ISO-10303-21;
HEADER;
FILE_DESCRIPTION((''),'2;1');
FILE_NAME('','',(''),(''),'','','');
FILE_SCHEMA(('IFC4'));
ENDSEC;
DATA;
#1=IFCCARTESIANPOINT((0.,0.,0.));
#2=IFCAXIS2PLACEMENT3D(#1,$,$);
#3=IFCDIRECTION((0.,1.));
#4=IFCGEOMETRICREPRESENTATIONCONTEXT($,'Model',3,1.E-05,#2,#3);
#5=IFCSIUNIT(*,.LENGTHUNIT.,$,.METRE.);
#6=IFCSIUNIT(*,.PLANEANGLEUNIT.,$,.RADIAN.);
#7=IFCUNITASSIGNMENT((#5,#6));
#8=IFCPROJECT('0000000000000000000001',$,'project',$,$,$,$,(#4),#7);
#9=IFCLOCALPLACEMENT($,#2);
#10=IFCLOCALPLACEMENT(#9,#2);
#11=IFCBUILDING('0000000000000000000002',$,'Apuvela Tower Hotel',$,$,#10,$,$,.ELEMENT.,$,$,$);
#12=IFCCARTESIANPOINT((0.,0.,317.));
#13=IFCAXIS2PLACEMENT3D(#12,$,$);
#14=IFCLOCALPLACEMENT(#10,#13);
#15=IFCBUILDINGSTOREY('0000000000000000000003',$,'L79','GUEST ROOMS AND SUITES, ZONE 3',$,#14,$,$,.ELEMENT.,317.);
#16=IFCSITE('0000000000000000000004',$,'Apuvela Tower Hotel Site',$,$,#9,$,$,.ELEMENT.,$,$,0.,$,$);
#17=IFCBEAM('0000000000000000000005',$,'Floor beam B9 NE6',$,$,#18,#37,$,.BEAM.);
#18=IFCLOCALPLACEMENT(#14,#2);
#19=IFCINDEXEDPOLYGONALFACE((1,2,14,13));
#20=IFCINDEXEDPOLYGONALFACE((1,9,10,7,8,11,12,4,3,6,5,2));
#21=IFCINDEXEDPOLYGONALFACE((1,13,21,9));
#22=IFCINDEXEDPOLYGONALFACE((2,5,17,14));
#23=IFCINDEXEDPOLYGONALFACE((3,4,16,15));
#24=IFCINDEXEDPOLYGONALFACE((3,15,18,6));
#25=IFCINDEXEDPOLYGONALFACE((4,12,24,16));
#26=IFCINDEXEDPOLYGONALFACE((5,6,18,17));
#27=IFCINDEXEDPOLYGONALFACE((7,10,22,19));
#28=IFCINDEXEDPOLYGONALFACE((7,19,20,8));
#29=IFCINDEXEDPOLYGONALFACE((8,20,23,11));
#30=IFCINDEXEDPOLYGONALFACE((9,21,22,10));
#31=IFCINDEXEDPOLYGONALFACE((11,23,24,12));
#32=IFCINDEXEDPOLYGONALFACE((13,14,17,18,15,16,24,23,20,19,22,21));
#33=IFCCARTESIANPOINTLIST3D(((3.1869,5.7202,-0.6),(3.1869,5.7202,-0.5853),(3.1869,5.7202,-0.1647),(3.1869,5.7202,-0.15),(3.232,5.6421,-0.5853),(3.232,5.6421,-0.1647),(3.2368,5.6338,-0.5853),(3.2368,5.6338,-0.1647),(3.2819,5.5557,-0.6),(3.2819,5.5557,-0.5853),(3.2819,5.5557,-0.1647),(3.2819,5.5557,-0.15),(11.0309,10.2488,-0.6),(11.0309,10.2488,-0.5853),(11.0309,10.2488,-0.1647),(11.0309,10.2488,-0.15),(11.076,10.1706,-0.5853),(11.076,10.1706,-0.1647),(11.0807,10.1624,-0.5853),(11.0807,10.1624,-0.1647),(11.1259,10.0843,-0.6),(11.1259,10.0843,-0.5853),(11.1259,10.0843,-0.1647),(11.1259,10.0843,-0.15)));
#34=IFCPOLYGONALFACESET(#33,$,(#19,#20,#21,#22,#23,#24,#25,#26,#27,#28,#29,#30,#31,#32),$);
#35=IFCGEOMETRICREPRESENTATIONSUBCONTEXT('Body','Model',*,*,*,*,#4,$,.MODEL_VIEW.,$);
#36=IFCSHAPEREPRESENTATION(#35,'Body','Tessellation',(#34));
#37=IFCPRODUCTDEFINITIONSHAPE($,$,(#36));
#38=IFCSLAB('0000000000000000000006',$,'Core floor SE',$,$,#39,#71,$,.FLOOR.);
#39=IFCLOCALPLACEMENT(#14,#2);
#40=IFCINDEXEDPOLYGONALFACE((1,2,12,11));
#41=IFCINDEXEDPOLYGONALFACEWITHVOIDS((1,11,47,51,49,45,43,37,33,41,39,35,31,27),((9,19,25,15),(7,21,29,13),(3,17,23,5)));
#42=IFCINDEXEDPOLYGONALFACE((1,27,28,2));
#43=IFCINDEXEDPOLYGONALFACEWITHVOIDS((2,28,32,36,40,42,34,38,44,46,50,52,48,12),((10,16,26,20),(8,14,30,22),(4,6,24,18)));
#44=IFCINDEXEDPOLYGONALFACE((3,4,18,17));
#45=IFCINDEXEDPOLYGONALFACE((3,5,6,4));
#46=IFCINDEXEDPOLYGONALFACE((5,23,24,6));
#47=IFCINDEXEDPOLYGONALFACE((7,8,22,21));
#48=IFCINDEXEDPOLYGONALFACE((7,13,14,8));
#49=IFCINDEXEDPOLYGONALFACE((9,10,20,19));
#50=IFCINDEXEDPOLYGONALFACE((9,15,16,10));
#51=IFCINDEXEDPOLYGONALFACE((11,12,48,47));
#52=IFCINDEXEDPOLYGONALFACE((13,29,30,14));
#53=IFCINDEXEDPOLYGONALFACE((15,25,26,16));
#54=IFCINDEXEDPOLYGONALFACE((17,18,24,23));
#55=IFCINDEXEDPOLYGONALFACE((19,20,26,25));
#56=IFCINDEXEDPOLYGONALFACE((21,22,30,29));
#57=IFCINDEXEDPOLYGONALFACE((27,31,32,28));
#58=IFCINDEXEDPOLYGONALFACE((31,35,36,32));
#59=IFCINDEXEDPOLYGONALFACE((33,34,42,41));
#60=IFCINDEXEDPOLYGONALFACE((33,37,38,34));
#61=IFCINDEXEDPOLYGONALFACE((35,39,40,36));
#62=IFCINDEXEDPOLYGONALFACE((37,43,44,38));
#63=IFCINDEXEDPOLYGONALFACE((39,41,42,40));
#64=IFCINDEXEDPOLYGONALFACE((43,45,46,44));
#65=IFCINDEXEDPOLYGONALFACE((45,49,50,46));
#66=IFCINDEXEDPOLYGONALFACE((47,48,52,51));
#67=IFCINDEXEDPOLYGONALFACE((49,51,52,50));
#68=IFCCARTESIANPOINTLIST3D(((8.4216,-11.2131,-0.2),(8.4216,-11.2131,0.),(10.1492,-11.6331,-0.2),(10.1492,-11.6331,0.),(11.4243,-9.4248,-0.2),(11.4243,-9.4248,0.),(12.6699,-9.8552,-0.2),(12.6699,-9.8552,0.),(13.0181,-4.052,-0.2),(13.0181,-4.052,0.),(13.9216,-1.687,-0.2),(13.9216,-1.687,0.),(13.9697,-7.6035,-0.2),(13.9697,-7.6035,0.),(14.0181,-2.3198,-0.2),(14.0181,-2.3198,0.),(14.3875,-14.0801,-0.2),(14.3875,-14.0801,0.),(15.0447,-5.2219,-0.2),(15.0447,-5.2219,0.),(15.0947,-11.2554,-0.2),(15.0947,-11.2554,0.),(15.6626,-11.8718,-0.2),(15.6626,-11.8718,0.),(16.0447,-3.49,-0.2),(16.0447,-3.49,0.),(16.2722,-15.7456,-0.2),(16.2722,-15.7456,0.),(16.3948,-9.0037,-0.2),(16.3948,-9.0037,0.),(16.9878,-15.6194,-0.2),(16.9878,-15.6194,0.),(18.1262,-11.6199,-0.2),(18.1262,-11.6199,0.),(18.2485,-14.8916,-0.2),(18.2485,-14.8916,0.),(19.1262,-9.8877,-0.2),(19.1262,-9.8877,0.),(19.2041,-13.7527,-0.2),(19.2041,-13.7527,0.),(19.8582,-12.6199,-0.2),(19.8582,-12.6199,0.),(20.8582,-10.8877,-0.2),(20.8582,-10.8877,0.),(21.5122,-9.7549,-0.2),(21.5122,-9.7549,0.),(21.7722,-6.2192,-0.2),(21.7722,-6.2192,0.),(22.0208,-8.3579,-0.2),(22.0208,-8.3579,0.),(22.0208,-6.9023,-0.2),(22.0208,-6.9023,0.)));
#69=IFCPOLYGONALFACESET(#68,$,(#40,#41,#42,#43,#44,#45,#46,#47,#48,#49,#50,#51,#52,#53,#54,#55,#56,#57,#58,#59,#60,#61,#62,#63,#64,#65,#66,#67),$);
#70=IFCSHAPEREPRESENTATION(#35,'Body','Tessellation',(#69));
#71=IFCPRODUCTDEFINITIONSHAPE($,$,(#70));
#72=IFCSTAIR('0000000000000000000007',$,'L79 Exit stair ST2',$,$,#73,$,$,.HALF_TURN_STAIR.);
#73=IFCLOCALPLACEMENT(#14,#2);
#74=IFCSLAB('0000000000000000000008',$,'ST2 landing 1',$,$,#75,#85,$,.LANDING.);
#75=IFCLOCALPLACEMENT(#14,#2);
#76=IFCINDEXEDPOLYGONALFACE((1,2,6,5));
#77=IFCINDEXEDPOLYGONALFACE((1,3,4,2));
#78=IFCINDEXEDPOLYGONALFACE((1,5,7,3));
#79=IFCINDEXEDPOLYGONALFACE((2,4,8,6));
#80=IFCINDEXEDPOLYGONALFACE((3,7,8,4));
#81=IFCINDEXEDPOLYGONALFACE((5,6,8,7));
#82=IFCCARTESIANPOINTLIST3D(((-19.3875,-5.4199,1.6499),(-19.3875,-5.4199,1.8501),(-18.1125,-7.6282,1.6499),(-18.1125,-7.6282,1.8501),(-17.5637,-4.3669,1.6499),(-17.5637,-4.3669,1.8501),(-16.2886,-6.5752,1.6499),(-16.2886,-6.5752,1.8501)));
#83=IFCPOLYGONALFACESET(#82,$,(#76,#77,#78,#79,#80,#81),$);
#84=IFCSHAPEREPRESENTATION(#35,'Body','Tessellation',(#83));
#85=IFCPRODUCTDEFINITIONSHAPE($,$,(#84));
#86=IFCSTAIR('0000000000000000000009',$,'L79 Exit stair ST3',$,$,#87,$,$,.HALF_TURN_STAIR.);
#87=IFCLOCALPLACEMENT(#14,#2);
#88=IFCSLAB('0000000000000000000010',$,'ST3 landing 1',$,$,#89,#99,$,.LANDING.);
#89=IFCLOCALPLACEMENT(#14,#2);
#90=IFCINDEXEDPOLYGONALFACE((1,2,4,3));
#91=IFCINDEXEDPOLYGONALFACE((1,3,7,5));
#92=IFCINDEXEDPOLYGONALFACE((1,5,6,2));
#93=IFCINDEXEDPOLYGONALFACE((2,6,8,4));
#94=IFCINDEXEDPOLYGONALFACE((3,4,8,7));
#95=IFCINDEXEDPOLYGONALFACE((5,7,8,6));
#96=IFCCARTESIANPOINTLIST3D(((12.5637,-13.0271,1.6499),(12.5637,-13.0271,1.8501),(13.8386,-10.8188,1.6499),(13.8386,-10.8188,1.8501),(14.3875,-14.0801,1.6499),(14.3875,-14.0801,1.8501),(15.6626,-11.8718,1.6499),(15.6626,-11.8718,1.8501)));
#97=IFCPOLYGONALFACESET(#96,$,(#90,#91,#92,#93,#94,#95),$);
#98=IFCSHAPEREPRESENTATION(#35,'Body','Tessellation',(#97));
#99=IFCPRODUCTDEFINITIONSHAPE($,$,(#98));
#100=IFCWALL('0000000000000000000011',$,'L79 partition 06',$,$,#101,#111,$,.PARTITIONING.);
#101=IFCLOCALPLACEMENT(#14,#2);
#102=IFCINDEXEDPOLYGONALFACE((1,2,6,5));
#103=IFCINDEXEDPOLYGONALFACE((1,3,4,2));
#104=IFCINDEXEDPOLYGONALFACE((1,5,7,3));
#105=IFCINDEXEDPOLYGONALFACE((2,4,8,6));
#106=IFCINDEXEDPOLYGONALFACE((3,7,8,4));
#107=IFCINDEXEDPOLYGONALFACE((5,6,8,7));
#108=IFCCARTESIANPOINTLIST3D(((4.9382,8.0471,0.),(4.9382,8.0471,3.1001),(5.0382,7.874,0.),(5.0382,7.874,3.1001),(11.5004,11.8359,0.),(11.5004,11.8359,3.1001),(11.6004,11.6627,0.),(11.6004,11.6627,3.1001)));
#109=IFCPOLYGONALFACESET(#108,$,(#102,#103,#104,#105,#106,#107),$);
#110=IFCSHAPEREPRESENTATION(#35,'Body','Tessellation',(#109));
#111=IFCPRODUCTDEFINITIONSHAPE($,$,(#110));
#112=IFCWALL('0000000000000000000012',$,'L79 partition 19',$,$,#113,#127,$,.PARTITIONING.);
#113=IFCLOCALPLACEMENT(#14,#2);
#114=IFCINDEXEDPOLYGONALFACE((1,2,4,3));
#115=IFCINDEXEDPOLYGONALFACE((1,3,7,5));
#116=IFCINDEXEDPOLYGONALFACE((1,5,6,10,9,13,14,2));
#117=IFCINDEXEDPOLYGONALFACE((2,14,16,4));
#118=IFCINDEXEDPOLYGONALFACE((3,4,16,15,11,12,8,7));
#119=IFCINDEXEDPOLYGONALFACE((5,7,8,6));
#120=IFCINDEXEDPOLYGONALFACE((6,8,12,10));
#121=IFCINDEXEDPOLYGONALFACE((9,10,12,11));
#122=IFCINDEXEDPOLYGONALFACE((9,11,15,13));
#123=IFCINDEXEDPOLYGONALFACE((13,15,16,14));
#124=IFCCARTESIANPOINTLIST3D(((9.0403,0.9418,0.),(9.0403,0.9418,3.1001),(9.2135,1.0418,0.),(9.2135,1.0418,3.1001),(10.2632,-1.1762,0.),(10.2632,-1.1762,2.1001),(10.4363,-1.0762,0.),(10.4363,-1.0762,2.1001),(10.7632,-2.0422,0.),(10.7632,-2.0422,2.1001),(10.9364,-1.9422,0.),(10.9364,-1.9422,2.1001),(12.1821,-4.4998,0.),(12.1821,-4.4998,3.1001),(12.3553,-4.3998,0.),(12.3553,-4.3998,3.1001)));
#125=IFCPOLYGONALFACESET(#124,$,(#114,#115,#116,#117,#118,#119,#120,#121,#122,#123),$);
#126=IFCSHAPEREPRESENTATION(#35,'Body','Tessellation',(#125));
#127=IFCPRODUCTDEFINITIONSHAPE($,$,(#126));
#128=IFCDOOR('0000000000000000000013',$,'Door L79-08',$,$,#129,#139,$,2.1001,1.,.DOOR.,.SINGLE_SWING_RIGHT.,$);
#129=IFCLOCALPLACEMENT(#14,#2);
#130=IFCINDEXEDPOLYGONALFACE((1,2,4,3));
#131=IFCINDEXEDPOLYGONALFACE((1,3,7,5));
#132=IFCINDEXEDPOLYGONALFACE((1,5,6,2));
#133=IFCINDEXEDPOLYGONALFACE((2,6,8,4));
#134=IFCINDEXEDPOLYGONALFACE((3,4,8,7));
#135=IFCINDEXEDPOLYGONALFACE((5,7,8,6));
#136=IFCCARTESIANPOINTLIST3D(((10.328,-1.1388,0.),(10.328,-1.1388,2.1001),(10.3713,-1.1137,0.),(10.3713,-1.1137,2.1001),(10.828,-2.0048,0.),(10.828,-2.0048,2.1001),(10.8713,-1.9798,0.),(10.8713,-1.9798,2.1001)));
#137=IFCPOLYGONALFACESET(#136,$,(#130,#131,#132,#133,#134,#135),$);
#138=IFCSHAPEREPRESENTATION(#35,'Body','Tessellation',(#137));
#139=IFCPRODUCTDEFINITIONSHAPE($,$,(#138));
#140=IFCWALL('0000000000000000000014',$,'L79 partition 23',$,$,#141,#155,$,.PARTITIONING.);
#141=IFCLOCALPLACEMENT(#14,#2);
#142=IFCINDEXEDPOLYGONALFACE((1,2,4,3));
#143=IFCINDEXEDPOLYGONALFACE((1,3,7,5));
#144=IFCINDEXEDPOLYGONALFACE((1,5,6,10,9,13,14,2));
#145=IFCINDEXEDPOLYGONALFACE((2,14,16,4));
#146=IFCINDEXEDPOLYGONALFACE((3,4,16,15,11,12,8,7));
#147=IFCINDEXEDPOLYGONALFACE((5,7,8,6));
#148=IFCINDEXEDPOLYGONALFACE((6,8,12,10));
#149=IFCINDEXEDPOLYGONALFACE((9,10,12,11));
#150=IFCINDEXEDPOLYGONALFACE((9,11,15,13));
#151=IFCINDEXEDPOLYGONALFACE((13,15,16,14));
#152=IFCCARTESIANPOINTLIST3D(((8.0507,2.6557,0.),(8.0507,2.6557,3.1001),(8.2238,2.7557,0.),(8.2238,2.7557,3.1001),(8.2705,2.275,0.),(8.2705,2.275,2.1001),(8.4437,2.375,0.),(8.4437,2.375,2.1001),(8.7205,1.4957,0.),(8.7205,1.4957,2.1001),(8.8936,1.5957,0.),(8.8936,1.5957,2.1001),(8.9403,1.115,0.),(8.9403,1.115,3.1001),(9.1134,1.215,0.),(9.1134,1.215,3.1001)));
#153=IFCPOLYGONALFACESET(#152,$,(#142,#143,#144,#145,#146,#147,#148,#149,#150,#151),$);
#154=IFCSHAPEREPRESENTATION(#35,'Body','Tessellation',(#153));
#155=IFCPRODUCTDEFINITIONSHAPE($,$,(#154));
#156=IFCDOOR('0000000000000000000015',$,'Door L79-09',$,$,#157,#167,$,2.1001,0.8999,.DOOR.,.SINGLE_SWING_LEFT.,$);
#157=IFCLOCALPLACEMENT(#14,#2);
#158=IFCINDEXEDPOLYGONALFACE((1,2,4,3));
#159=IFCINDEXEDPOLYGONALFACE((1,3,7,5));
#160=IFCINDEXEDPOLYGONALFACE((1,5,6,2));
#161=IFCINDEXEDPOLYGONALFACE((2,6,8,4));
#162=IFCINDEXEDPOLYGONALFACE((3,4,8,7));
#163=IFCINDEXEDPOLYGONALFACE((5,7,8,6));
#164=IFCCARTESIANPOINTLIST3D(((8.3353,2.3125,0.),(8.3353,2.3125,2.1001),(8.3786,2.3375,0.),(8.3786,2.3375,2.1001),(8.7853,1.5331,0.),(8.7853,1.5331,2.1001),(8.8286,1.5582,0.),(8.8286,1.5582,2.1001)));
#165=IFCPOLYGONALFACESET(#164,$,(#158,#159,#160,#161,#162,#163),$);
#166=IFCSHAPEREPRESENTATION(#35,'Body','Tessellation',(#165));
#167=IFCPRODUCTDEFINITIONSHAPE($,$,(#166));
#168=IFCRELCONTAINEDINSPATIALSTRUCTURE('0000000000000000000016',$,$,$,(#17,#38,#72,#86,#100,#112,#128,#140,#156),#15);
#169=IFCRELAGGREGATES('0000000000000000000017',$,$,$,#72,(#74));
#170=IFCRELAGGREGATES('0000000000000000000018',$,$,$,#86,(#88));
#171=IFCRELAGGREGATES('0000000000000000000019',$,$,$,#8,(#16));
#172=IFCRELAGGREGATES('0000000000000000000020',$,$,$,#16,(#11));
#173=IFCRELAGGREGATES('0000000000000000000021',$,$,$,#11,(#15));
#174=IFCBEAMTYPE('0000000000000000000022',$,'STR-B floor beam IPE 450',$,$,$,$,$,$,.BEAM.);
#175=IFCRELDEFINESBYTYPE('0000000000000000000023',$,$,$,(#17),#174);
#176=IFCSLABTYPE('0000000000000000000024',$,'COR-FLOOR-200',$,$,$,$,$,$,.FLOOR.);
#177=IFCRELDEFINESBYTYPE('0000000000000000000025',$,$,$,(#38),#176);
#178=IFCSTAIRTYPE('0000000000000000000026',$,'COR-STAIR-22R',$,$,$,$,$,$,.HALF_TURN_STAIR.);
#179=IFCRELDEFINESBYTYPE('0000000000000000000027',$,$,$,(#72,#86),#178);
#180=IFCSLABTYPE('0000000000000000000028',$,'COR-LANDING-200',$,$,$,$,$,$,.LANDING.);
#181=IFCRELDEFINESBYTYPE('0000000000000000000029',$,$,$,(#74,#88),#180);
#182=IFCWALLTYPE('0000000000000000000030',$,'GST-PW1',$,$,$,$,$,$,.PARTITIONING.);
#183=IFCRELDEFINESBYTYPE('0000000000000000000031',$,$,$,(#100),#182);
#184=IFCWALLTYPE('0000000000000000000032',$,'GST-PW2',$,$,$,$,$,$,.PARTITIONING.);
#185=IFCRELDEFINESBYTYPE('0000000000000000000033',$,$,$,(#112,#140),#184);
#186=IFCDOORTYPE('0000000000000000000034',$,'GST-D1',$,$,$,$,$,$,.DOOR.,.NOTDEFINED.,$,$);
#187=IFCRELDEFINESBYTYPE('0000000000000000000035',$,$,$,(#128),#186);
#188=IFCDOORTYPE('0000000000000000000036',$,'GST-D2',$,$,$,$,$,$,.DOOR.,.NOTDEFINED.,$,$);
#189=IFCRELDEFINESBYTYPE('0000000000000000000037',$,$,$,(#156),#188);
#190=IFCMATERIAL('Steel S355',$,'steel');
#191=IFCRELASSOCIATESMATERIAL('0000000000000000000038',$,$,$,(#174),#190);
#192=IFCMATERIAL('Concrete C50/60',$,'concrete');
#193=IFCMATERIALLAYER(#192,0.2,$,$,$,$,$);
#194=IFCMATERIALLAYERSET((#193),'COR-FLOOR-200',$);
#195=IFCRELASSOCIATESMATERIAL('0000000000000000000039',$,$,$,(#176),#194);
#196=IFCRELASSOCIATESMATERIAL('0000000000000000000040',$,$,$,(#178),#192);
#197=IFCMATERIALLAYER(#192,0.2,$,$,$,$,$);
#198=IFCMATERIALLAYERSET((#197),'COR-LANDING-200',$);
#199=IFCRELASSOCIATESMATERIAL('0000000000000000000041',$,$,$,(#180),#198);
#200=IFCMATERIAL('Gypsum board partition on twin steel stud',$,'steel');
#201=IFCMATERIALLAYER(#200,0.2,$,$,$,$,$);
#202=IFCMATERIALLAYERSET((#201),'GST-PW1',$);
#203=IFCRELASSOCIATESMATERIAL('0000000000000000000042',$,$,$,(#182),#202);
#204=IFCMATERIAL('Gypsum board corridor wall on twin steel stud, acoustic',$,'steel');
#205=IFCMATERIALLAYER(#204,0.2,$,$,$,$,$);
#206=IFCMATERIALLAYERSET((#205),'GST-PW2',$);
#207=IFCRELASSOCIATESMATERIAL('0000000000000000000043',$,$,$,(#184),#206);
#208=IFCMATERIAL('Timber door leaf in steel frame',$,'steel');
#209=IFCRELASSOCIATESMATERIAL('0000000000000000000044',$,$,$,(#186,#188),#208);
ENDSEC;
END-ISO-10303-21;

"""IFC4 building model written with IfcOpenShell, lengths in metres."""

from ifc_helpers import new_model, si_unit, direction, frame, frame_2d, origin, origin_2d, place, context, subcontext, project, spatial, polyline, rectangle, i_section, outline, extrude, material, layer, layer_set, material_profile, profile_set, type_object, element, fill, aggregate, save


model = new_model("IFC4")

# Units and contexts
model_context = context("Model", 3, precision=1e-05, world=origin(), true_north=direction((0.0, 1.0)))
body_context = subcontext(model_context, "Body", "Model", "MODEL_VIEW")
ifc_project = project(units=[si_unit("LENGTHUNIT", "METRE"), si_unit("PLANEANGLEUNIT", "RADIAN")], contexts=[model_context])

# Site, building, storey
site_placement = place(None, origin())
site = spatial("IfcSite", under=ifc_project, at=site_placement, Name="Apuvela Tower Hotel Site", CompositionType="ELEMENT", RefElevation=0.0)
building_placement = place(site_placement, origin())
building = spatial("IfcBuilding", under=site, at=building_placement, Name="Apuvela Tower Hotel", CompositionType="ELEMENT")
storey_placement = place(building_placement, frame((0.0, 0.0, 317.0)))
storey = spatial("IfcBuildingStorey", under=building, at=storey_placement, Name="L79", Description="GUEST ROOMS AND SUITES, ZONE 3", CompositionType="ELEMENT", Elevation=317.0)

# Beam
ifc_material_1 = material(Name="Steel S355", Category="steel")
ifc_material_profile = material_profile(ifc_material_1, i_section(OverallWidth=0.1899, OverallDepth=0.45, WebThickness=0.0095, FlangeThickness=0.0146, at=origin_2d()), Name="IPE 450")
ifc_profile_set = profile_set([ifc_material_profile], Name="Steel S355")
beam_type = type_object("IfcBeamType", Name="STR-B floor beam IPE 450", PredefinedType="BEAM", material=ifc_profile_set)
beam_placement = place(storey_placement, frame((11.0784, 10.1665, -0.375), z_axis=(-0.866033, -0.499986, 0.0), x_axis=(0.499986, -0.866033, 0.0)))
element("IfcBeam", 1, at=beam_placement, inside=storey, type_object=beam_type, Name="Floor beam B9 NE6", PredefinedType="BEAM", context=body_context, shape_type="SweptSolid", body=[
    extrude(i_section(OverallWidth=0.1899, OverallDepth=0.45, WebThickness=0.0095, FlangeThickness=0.0146, at=origin_2d()), origin(), (0.0, 0.0, 1.0), 9.0574),
])

# Slab
ifc_material_2 = material(Name="Concrete C50/60", Category="concrete")
ifc_layer_1 = layer(ifc_material_2, 0.2)
ifc_layer_set_1 = layer_set([ifc_layer_1], Name="COR-FLOOR-200")
slab_type_1 = type_object("IfcSlabType", Name="COR-FLOOR-200", PredefinedType="FLOOR", material=ifc_layer_set_1)
slab_1_placement = place(storey_placement, frame((0.0, 0.0, -0.2)))
element("IfcSlab", 2, at=slab_1_placement, inside=storey, type_object=slab_type_1, Name="Core floor SE", PredefinedType="FLOOR", context=body_context, shape_type="SweptSolid", body=[
    extrude(outline(polyline([(16.2722, -15.7456), (16.9878, -15.6194), (18.2485, -14.8916), (19.2041, -13.7527), (19.8582, -12.6199), (18.1262, -11.6199), (19.1262, -9.8877), (20.8582, -10.8877), (21.5122, -9.7549), (22.0208, -8.3579), (22.0208, -6.9023), (21.7722, -6.2192), (13.9216, -1.687), (8.4216, -11.2131), (16.2722, -15.7456)]), holes=[polyline([(14.0181, -2.3198), (16.0447, -3.49), (15.0447, -5.2219), (13.0181, -4.052), (14.0181, -2.3198)]), polyline([(10.1492, -11.6331), (11.4243, -9.4248), (15.6626, -11.8718), (14.3875, -14.0801), (10.1492, -11.6331)]), polyline([(12.6699, -9.8552), (13.9697, -7.6035), (16.3948, -9.0037), (15.0947, -11.2554), (12.6699, -9.8552)])]), origin(), (0.0, 0.0, 1.0), 0.2),
])

# Stairs, slabs
stair_type = type_object("IfcStairType", Name="COR-STAIR-22R", PredefinedType="HALF_TURN_STAIR", material=ifc_material_2)
stair_1_placement = place(storey_placement, origin())
stair_1 = element("IfcStair", 3, at=stair_1_placement, inside=storey, type_object=stair_type, Name="L79 Exit stair ST2", PredefinedType="HALF_TURN_STAIR")
ifc_layer_2 = layer(ifc_material_2, 0.2)
ifc_layer_set_2 = layer_set([ifc_layer_2], Name="COR-LANDING-200")
slab_type_2 = type_object("IfcSlabType", Name="COR-LANDING-200", PredefinedType="LANDING", material=ifc_layer_set_2)
slab_2_placement = place(storey_placement, frame((0.0, 0.0, 1.6499)))
slab_2 = element("IfcSlab", 4, at=slab_2_placement, type_object=slab_type_2, Name="ST2 landing 1", PredefinedType="LANDING", context=body_context, shape_type="SweptSolid", body=[
    extrude(outline(polyline([(-17.5637, -4.3669), (-19.3875, -5.4199), (-18.1125, -7.6282), (-16.2886, -6.5752), (-17.5637, -4.3669)])), origin(), (0.0, 0.0, 1.0), 0.2002),
])
aggregate(stair_1, [slab_2])
stair_2_placement = place(storey_placement, origin())
stair_2 = element("IfcStair", 5, at=stair_2_placement, inside=storey, type_object=stair_type, Name="L79 Exit stair ST3", PredefinedType="HALF_TURN_STAIR")
slab_3_placement = place(storey_placement, frame((0.0, 0.0, 1.6499)))
slab_3 = element("IfcSlab", 6, at=slab_3_placement, type_object=slab_type_2, Name="ST3 landing 1", PredefinedType="LANDING", context=body_context, shape_type="SweptSolid", body=[
    extrude(outline(polyline([(12.5637, -13.0271), (14.3875, -14.0801), (15.6626, -11.8718), (13.8386, -10.8188), (12.5637, -13.0271)])), origin(), (0.0, 0.0, 1.0), 0.2002),
])
aggregate(stair_2, [slab_3])

# Wall
ifc_material_3 = material(Name="Gypsum board partition on twin steel stud", Category="steel")
ifc_layer_3 = layer(ifc_material_3, 0.2)
ifc_layer_set_3 = layer_set([ifc_layer_3], Name="GST-PW1")
wall_type_1 = type_object("IfcWallType", Name="GST-PW1", PredefinedType="PARTITIONING", material=ifc_layer_set_3)
wall_1_placement = place(storey_placement, frame((11.5503, 11.7493, 0.0), z_axis=(0.0, 0.0, 1.0), x_axis=(-0.86602, -0.50001, 0.0)))
element("IfcWall", 7, at=wall_1_placement, inside=storey, type_object=wall_type_1, Name="L79 partition 06", PredefinedType="PARTITIONING", context=body_context, shape_type="SweptSolid", body=[
    extrude(rectangle(XDim=7.5774, YDim=0.2, at=frame_2d((3.7886, 0.0))), origin(), (0.0, 0.0, 1.0), 3.1001),
])

# Walls, openings, doors
ifc_material_4 = material(Name="Gypsum board corridor wall on twin steel stud, acoustic", Category="steel")
ifc_layer_4 = layer(ifc_material_4, 0.2)
ifc_layer_set_4 = layer_set([ifc_layer_4], Name="GST-PW2")
wall_type_2 = type_object("IfcWallType", Name="GST-PW2", PredefinedType="PARTITIONING", material=ifc_layer_set_4)
wall_2_placement = place(storey_placement, frame((9.127, 0.9917, 0.0), z_axis=(0.0, 0.0, 1.0), x_axis=(0.500013, -0.866018, 0.0)))
wall_2 = element("IfcWall", 8, at=wall_2_placement, inside=storey, type_object=wall_type_2, Name="L79 partition 19", PredefinedType="PARTITIONING", context=body_context, shape_type="SweptSolid", body=[
    extrude(rectangle(XDim=6.2834, YDim=0.2, at=frame_2d((3.1416, 0.0))), origin(), (0.0, 0.0, 1.0), 3.1001),
])
opening_1_placement = place(wall_2_placement, frame((2.4456, 0.0, 0.0)))
opening_1 = element("IfcOpeningElement", 9, at=opening_1_placement, cuts=wall_2, PredefinedType="OPENING", context=body_context, shape_type="SweptSolid", body=[
    extrude(rectangle(XDim=1.0, YDim=2.1001, at=frame_2d((0.5, 1.05))), frame((0.0, 0.1099, 0.0), z_axis=(0.0, -1.0, 0.0), x_axis=(1.0, 0.0, 0.0)), (0.0, 0.0, 1.0), 0.22),
])
ifc_material_5 = material(Name="Timber door leaf in steel frame", Category="steel")
door_type_1 = type_object("IfcDoorType", Name="GST-D1", OperationType="NOTDEFINED", PredefinedType="DOOR", material=ifc_material_5)
door_1_placement = place(opening_1_placement, origin())
door_1 = element("IfcDoor", 10, at=door_1_placement, inside=storey, type_object=door_type_1, Name="Door L79-08", OperationType="SINGLE_SWING_RIGHT", OverallHeight=2.1001, OverallWidth=1.0, PredefinedType="DOOR", context=body_context, shape_type="SweptSolid", body=[
    extrude(rectangle(XDim=1.0, YDim=2.1001, at=frame_2d((0.5, 1.05))), frame((0.0, 0.0249, 0.0), z_axis=(0.0, -1.0, 0.0), x_axis=(1.0, 0.0, 0.0)), (0.0, 0.0, 1.0), 0.05),
])
fill(opening_1, door_1)
wall_3_placement = place(storey_placement, frame((8.1372, 2.7058, 0.0), z_axis=(0.0, 0.0, 1.0), x_axis=(0.500035, -0.866005, 0.0)))
wall_3 = element("IfcWall", 11, at=wall_3_placement, inside=storey, type_object=wall_type_2, Name="L79 partition 23", PredefinedType="PARTITIONING", context=body_context, shape_type="SweptSolid", body=[
    extrude(rectangle(XDim=1.7791, YDim=0.2, at=frame_2d((0.8896, 0.0))), origin(), (0.0, 0.0, 1.0), 3.1001),
])
opening_2_placement = place(wall_3_placement, frame((0.4397, 0.0, 0.0)))
opening_2 = element("IfcOpeningElement", 12, at=opening_2_placement, cuts=wall_3, PredefinedType="OPENING", context=body_context, shape_type="SweptSolid", body=[
    extrude(rectangle(XDim=0.8999, YDim=2.1001, at=frame_2d((0.45, 1.05))), frame((0.0, 0.1099, 0.0), z_axis=(0.0, -1.0, 0.0), x_axis=(1.0, 0.0, 0.0)), (0.0, 0.0, 1.0), 0.22),
])
door_type_2 = type_object("IfcDoorType", Name="GST-D2", OperationType="NOTDEFINED", PredefinedType="DOOR", material=ifc_material_5)
door_2_placement = place(opening_2_placement, origin())
door_2 = element("IfcDoor", 13, at=door_2_placement, inside=storey, type_object=door_type_2, Name="Door L79-09", OperationType="SINGLE_SWING_LEFT", OverallHeight=2.1001, OverallWidth=0.8999, PredefinedType="DOOR", context=body_context, shape_type="SweptSolid", body=[
    extrude(rectangle(XDim=0.8999, YDim=2.1001, at=frame_2d((0.45, 1.05))), frame((0.0, 0.0249, 0.0), z_axis=(0.0, -1.0, 0.0), x_axis=(1.0, 0.0, 0.0)), (0.0, 0.0, 1.0), 0.05),
])
fill(opening_2, door_2)

save(model, "model.ifc")
